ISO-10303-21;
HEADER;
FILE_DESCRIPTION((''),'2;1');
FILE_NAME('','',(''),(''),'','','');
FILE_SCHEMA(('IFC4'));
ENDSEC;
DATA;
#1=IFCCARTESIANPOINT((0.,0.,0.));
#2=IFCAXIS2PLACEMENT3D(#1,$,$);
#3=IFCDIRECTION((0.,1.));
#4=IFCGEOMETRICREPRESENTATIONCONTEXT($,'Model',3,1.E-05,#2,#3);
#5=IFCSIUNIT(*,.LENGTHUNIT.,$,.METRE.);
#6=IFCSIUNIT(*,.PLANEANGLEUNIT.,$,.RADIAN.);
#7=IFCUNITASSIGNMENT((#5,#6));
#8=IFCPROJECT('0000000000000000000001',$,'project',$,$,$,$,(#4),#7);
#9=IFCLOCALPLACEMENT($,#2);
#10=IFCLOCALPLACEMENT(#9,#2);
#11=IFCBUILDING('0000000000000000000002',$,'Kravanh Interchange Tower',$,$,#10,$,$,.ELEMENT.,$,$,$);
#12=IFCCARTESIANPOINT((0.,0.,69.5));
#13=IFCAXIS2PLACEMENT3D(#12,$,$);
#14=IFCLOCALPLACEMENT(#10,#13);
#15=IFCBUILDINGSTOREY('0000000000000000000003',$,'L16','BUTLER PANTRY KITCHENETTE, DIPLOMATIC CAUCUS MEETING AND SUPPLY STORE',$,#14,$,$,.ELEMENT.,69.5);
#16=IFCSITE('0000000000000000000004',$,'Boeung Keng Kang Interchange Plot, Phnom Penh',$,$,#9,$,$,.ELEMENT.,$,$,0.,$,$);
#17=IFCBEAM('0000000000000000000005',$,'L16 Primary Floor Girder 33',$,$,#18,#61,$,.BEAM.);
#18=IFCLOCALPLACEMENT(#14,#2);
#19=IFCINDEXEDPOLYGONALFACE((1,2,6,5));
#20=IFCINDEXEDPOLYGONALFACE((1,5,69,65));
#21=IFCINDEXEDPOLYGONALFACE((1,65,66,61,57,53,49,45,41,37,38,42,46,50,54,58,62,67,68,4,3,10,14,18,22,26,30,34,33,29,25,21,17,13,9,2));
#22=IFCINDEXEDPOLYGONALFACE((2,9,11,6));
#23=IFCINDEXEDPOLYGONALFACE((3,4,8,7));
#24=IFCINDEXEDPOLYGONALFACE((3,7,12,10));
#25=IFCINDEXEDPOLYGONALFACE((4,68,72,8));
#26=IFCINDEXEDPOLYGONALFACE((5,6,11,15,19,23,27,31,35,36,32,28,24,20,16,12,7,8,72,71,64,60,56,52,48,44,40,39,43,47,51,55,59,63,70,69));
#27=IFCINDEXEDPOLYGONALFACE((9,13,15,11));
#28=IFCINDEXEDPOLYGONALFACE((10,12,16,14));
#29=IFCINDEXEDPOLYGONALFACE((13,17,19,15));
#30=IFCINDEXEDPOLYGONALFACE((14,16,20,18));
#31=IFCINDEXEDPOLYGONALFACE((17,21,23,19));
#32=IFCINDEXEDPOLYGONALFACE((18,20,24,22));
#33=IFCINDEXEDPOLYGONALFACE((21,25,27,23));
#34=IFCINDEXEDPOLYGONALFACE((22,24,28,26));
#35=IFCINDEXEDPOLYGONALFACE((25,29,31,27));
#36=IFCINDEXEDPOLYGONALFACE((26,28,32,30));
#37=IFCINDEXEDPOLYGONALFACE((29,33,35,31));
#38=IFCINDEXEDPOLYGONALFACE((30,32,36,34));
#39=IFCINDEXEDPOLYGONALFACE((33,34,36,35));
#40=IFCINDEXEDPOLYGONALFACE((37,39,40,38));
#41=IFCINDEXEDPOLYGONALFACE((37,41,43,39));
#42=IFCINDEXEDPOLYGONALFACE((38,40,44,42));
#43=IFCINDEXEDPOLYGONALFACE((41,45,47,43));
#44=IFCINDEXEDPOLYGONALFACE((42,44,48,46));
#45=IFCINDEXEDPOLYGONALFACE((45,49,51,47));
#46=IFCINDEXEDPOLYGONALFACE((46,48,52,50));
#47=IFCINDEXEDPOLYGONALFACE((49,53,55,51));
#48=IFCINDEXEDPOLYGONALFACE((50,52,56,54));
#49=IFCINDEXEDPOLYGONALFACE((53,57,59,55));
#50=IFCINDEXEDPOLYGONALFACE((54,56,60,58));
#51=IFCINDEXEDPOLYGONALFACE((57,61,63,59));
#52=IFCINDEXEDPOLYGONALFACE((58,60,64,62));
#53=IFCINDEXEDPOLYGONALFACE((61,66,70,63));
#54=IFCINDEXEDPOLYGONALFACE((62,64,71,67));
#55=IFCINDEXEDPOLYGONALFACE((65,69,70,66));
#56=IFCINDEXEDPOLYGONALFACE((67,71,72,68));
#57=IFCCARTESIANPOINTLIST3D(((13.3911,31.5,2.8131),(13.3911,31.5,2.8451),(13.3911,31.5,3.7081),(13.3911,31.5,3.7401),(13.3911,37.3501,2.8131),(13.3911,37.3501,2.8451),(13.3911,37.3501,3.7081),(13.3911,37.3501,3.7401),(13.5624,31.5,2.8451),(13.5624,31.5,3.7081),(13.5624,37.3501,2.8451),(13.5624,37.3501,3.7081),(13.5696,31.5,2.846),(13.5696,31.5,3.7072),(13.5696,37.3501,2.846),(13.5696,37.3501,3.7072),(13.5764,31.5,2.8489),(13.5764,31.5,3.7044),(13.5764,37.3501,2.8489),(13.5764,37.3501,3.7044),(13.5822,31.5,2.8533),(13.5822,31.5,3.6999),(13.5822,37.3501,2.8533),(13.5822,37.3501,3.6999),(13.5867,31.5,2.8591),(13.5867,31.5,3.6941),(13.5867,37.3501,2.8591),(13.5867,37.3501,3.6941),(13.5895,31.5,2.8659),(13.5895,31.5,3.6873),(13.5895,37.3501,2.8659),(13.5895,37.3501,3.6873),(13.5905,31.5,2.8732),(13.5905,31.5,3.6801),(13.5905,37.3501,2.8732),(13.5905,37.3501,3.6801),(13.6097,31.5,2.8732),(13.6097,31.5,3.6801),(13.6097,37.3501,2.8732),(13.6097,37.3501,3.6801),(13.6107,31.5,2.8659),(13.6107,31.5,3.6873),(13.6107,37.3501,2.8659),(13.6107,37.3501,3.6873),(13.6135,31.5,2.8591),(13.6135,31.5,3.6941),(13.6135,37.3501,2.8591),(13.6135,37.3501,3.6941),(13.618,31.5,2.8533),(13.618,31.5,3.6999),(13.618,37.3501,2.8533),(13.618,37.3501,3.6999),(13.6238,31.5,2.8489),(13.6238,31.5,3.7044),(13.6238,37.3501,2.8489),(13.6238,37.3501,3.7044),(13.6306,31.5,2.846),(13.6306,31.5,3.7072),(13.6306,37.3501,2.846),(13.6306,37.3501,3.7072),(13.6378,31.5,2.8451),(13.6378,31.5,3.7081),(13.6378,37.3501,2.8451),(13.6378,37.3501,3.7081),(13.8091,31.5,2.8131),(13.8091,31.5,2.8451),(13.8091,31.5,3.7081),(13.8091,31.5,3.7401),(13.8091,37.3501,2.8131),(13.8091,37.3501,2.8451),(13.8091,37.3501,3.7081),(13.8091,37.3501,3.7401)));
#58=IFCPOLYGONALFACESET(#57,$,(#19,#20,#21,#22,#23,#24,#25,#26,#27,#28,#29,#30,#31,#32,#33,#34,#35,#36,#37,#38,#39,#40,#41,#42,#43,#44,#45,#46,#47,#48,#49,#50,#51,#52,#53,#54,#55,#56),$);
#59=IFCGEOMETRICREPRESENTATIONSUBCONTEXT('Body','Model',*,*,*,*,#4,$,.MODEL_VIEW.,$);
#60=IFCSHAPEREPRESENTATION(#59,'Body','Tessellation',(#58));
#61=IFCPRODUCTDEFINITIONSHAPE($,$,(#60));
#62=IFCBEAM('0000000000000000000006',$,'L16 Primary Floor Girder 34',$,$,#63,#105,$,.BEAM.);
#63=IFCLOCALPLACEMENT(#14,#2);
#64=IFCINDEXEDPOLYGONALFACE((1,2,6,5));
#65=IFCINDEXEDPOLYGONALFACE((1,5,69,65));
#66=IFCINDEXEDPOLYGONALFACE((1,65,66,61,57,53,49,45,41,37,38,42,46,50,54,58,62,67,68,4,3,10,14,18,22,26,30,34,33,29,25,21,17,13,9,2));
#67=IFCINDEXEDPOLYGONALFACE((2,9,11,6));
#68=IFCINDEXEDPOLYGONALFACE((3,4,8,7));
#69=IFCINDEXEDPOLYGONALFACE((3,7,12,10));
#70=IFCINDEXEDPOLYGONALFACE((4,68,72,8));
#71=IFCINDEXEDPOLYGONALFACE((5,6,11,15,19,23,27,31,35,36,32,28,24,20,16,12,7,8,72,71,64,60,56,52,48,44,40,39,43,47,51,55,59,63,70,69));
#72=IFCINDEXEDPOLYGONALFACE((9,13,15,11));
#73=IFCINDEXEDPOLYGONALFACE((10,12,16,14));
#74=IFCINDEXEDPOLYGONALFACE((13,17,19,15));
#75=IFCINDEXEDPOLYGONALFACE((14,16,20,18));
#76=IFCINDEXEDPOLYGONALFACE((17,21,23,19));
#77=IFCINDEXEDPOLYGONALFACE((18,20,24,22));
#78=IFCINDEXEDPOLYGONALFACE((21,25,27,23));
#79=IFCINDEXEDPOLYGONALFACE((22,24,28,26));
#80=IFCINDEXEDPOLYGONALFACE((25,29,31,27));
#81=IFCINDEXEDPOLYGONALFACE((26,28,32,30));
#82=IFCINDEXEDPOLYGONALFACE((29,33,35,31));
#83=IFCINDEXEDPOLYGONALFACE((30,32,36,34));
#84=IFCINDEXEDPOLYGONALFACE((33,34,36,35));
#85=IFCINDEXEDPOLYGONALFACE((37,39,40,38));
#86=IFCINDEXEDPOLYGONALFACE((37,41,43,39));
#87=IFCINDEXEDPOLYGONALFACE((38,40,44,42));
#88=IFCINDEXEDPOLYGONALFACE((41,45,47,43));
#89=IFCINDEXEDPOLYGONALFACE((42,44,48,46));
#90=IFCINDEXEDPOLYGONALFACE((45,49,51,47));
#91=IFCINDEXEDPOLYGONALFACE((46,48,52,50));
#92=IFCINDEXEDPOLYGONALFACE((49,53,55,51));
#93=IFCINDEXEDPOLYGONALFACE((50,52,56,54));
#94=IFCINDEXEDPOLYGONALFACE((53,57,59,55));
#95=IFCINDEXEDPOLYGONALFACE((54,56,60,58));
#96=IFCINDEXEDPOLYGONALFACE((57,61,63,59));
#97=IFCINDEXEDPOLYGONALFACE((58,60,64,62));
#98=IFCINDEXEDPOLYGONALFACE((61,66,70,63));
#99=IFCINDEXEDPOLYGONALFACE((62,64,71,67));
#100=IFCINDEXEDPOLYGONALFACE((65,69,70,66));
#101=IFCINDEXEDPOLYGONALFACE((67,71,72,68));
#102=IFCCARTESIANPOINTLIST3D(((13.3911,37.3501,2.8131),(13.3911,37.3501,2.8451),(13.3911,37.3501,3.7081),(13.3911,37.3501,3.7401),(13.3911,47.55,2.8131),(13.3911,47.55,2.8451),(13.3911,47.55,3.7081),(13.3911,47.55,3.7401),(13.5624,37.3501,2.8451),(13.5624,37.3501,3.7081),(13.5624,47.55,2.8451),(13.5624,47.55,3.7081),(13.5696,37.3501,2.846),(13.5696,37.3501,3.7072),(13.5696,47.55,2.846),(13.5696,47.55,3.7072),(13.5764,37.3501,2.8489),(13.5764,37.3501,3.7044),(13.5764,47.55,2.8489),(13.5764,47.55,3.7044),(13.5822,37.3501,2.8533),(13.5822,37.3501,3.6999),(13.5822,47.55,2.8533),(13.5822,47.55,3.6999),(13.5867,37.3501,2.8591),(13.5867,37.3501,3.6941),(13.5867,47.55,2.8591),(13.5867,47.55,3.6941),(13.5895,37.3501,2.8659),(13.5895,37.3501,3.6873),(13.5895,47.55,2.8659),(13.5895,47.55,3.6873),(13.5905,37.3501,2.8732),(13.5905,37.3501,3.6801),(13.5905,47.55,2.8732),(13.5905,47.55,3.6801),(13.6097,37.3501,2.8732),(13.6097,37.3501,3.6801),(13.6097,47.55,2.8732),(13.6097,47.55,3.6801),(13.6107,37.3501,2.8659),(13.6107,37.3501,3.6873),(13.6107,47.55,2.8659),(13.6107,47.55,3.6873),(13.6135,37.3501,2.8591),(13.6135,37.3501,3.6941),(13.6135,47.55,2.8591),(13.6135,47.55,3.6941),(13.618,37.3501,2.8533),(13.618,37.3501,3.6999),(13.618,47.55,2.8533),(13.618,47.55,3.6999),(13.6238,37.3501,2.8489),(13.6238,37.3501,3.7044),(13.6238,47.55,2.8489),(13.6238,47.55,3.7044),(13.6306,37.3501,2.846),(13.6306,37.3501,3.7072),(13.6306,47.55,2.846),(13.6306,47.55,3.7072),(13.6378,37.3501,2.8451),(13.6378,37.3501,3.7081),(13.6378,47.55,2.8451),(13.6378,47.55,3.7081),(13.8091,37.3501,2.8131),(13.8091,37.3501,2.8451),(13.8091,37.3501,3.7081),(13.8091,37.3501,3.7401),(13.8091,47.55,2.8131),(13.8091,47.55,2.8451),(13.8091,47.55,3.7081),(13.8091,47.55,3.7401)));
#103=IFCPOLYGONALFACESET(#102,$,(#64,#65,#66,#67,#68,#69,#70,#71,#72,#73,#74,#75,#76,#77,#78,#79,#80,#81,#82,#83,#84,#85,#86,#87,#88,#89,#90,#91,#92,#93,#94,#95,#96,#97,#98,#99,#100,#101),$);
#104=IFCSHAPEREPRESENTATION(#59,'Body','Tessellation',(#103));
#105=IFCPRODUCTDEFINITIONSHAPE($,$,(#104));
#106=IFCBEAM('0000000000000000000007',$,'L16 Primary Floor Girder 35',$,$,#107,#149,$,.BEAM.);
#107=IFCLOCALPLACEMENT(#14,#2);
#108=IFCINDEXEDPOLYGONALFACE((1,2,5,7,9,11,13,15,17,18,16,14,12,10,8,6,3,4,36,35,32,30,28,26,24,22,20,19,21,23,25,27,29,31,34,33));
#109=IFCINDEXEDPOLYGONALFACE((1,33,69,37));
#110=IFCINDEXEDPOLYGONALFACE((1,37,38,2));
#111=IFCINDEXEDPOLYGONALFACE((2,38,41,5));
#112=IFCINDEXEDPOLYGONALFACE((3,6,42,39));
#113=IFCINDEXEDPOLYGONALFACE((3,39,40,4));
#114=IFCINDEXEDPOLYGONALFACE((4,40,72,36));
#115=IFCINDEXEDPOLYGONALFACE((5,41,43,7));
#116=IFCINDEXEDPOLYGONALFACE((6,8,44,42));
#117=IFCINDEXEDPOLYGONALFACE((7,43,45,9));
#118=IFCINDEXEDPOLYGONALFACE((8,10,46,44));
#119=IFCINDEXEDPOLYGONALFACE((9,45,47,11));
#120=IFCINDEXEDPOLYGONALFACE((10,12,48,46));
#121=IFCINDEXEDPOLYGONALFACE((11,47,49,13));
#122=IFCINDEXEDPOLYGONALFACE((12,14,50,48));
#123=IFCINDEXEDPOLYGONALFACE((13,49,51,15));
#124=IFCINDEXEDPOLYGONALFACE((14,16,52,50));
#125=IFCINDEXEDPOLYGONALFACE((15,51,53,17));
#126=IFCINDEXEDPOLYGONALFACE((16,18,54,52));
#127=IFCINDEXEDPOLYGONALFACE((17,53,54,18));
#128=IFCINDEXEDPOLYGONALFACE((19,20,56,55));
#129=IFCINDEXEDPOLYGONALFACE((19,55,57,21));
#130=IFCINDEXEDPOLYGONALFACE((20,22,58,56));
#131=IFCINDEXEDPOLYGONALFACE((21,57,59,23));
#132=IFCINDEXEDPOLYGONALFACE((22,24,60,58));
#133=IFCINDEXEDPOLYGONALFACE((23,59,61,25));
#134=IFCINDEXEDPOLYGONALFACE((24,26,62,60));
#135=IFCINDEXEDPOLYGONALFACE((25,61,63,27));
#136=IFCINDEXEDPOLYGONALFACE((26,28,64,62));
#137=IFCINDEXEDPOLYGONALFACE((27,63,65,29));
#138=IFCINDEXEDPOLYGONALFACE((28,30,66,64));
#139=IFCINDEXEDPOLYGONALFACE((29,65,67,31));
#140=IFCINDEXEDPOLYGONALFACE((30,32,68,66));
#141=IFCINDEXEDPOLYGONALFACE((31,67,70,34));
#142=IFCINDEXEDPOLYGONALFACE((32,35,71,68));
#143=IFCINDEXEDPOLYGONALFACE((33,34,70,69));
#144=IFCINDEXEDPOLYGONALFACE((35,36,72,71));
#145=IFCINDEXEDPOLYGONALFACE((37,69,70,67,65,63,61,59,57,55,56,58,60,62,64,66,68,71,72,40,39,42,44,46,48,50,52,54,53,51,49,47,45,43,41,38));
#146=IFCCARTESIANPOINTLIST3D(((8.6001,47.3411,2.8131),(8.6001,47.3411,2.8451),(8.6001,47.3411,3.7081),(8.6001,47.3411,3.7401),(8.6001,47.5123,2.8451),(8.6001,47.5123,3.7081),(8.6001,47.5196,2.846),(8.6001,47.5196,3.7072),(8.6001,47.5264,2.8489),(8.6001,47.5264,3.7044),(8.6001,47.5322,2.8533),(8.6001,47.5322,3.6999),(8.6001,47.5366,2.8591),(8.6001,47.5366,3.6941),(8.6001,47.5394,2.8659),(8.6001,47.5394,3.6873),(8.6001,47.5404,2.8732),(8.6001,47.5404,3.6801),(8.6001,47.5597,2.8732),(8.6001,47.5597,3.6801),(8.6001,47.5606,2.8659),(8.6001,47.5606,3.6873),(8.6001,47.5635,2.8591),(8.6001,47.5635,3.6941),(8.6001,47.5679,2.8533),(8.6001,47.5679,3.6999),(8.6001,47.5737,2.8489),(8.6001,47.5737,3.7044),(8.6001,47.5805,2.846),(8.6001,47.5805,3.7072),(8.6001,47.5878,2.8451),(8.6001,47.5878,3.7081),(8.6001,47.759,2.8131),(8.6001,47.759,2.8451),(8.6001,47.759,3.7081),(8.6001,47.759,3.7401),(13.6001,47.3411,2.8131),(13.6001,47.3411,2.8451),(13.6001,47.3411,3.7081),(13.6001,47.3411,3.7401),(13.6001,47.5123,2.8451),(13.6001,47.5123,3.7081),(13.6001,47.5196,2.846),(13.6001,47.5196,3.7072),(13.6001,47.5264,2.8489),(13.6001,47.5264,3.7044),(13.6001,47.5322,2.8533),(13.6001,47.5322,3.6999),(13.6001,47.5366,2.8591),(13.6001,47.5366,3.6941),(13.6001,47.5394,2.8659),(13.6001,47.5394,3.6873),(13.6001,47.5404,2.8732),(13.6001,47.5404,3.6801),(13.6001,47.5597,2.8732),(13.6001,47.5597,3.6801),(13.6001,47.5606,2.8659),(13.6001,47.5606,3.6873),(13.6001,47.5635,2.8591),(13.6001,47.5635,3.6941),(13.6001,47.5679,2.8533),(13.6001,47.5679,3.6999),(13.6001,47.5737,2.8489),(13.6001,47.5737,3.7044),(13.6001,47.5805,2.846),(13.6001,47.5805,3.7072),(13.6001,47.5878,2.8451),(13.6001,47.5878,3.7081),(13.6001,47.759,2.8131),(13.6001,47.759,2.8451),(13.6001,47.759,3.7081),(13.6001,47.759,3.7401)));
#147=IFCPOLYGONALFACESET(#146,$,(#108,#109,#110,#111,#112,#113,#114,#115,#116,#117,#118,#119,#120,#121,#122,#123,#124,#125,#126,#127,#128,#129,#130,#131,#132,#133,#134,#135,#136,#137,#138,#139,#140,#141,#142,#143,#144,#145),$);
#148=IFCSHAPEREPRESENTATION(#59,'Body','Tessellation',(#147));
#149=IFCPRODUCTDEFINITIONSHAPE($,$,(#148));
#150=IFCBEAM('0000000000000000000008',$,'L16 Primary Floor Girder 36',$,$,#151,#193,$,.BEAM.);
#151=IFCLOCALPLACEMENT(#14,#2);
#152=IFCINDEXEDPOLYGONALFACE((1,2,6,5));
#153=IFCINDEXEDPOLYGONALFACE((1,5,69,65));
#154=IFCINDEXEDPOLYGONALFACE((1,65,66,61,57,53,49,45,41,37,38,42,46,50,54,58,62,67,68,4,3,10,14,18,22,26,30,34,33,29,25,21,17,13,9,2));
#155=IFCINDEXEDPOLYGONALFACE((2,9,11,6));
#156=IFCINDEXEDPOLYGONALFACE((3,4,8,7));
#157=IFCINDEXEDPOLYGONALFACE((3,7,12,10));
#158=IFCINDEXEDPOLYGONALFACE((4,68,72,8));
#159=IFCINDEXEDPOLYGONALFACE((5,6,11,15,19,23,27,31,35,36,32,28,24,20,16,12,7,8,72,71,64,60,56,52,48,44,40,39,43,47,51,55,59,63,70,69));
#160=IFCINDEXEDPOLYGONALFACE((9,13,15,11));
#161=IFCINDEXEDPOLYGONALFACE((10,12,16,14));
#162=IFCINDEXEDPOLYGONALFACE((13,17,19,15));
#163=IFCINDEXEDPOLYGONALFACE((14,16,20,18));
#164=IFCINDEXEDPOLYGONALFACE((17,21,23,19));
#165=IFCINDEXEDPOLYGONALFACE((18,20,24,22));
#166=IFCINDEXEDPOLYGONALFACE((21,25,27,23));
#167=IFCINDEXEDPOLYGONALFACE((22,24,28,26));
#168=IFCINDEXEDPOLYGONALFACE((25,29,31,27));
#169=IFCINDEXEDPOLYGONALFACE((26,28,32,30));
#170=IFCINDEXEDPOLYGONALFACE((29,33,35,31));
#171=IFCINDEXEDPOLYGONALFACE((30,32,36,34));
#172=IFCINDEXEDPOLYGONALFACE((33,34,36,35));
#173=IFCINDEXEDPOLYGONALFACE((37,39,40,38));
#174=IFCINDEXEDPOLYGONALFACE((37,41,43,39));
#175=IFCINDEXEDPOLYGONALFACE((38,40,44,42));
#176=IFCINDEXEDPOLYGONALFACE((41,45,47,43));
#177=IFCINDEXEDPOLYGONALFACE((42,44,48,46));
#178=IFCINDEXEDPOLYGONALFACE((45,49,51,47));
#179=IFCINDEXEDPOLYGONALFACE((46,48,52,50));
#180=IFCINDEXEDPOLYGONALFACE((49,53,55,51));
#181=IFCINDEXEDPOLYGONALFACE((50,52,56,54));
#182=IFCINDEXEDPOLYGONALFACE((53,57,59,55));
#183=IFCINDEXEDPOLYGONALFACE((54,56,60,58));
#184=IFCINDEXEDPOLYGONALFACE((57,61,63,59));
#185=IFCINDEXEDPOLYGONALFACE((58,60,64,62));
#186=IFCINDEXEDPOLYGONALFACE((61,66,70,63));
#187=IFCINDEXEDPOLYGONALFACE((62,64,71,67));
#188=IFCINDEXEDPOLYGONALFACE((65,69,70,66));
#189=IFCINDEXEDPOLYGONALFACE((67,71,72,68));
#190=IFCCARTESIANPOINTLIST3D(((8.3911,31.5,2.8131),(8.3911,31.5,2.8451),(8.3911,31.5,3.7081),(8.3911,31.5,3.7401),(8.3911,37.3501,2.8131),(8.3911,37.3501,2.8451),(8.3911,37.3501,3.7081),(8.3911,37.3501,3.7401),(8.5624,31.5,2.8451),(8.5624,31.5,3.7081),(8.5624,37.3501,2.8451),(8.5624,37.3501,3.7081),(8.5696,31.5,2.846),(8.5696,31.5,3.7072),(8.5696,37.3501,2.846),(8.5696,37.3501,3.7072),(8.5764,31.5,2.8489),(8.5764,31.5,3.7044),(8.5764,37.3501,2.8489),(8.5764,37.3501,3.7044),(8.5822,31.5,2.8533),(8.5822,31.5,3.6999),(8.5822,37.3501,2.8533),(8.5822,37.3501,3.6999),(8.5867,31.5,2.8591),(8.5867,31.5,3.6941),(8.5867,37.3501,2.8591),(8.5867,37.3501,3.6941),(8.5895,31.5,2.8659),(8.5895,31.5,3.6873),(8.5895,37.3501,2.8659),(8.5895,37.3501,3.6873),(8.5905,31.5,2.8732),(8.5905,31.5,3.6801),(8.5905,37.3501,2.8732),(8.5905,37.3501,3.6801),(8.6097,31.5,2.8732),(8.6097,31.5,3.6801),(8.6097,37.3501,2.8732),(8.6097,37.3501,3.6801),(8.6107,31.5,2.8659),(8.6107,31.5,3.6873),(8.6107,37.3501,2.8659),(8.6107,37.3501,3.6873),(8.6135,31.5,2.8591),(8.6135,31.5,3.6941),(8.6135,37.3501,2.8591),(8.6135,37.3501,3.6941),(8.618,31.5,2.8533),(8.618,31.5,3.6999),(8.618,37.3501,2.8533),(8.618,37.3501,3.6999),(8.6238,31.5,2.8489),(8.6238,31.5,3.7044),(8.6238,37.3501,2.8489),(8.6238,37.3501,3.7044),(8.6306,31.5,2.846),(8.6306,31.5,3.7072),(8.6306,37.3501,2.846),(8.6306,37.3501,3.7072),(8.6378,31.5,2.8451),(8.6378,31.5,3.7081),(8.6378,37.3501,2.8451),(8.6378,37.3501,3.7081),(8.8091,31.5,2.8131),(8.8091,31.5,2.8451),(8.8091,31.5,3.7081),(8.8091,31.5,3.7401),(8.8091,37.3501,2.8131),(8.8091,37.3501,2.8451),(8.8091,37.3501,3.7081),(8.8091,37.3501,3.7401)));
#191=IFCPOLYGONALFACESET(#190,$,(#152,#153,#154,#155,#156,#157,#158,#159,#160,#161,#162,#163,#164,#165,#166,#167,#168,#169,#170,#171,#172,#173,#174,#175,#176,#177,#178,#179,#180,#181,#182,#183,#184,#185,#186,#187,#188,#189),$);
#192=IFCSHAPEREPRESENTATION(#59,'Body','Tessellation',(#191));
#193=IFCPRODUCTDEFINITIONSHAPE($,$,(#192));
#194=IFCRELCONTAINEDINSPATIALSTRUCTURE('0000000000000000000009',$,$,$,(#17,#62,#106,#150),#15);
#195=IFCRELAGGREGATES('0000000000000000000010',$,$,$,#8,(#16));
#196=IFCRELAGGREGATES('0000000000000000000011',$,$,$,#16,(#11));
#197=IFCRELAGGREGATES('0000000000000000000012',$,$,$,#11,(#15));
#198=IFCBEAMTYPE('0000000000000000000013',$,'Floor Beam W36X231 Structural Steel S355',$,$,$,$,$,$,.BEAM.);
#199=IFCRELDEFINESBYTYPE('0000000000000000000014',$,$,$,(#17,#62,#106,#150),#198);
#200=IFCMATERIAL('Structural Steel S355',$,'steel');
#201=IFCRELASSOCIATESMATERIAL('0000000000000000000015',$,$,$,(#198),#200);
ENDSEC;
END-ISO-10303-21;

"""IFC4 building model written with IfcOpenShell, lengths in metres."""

from ifc_helpers import new_model, si_unit, direction, frame, origin, origin_2d, place, context, subcontext, project, spatial, i_section, extrude, material, material_profile, profile_set, type_object, element, save


model = new_model("IFC4")

# Units and contexts
model_context = context("Model", 3, precision=1e-05, world=origin(), true_north=direction((0.0, 1.0)))
body_context = subcontext(model_context, "Body", "Model", "MODEL_VIEW")
ifc_project = project(units=[si_unit("LENGTHUNIT", "METRE"), si_unit("PLANEANGLEUNIT", "RADIAN")], contexts=[model_context])

# Site, building, storey
site_placement = place(None, origin())
site = spatial("IfcSite", under=ifc_project, at=site_placement, Name="Boeung Keng Kang Interchange Plot, Phnom Penh", CompositionType="ELEMENT", RefElevation=0.0)
building_placement = place(site_placement, origin())
building = spatial("IfcBuilding", under=site, at=building_placement, Name="Kravanh Interchange Tower", CompositionType="ELEMENT")
storey_placement = place(building_placement, frame((0.0, 0.0, 69.5)))
storey = spatial("IfcBuildingStorey", under=building, at=storey_placement, Name="L16", Description="BUTLER PANTRY KITCHENETTE, DIPLOMATIC CAUCUS MEETING AND SUPPLY STORE", CompositionType="ELEMENT", Elevation=69.5)

# Beams
ifc_material_1 = material(Name="Structural Steel S355", Category="steel")
ifc_material_profile_1 = material_profile(ifc_material_1, i_section(OverallWidth=0.418, OverallDepth=0.927, WebThickness=0.0193, FlangeThickness=0.032, FilletRadius=0.0281, at=origin_2d()), Name="W36X231")
ifc_profile_set_1 = profile_set([ifc_material_profile_1], Name="Structural Steel S355")
beam_type = type_object("IfcBeamType", Name="Floor Beam W36X231 Structural Steel S355", PredefinedType="BEAM", material=ifc_profile_set_1)
beam_1_placement = place(storey_placement, frame((13.6001, 37.3501, 3.2766), z_axis=(0.0, -1.0, 0.0), x_axis=(1.0, 0.0, 0.0)))
element("IfcBeam", 1, at=beam_1_placement, inside=storey, type_object=beam_type, Name="L16 Primary Floor Girder 33", PredefinedType="BEAM", context=body_context, shape_type="SweptSolid", body=[
    extrude(i_section(OverallWidth=0.418, OverallDepth=0.927, WebThickness=0.0193, FlangeThickness=0.032, FilletRadius=0.0281, at=origin_2d()), origin(), (0.0, 0.0, 1.0), 5.8501),
])
beam_2_placement = place(storey_placement, frame((13.6001, 37.3501, 3.2766), z_axis=(0.0, 1.0, 0.0), x_axis=(-1.0, 0.0, 0.0)))
element("IfcBeam", 2, at=beam_2_placement, inside=storey, type_object=beam_type, Name="L16 Primary Floor Girder 34", PredefinedType="BEAM", context=body_context, shape_type="SweptSolid", body=[
    extrude(i_section(OverallWidth=0.418, OverallDepth=0.927, WebThickness=0.0193, FlangeThickness=0.032, FilletRadius=0.0281, at=origin_2d()), origin(), (0.0, 0.0, 1.0), 10.2),
])
beam_3_placement = place(storey_placement, frame((13.6001, 47.55, 3.2766), z_axis=(-1.0, 0.0, 0.0), x_axis=(0.0, -1.0, 0.0)))
element("IfcBeam", 3, at=beam_3_placement, inside=storey, type_object=beam_type, Name="L16 Primary Floor Girder 35", PredefinedType="BEAM", context=body_context, shape_type="SweptSolid", body=[
    extrude(i_section(OverallWidth=0.418, OverallDepth=0.927, WebThickness=0.0193, FlangeThickness=0.032, FilletRadius=0.0281, at=origin_2d()), origin(), (0.0, 0.0, 1.0), 5.0),
])
beam_4_placement = place(storey_placement, frame((8.6001, 37.3501, 3.2766), z_axis=(0.0, -1.0, 0.0), x_axis=(1.0, 0.0, 0.0)))
element("IfcBeam", 4, at=beam_4_placement, inside=storey, type_object=beam_type, Name="L16 Primary Floor Girder 36", PredefinedType="BEAM", context=body_context, shape_type="SweptSolid", body=[
    extrude(i_section(OverallWidth=0.418, OverallDepth=0.927, WebThickness=0.0193, FlangeThickness=0.032, FilletRadius=0.0281, at=origin_2d()), origin(), (0.0, 0.0, 1.0), 5.8501),
])

save(model, "model.ifc")
